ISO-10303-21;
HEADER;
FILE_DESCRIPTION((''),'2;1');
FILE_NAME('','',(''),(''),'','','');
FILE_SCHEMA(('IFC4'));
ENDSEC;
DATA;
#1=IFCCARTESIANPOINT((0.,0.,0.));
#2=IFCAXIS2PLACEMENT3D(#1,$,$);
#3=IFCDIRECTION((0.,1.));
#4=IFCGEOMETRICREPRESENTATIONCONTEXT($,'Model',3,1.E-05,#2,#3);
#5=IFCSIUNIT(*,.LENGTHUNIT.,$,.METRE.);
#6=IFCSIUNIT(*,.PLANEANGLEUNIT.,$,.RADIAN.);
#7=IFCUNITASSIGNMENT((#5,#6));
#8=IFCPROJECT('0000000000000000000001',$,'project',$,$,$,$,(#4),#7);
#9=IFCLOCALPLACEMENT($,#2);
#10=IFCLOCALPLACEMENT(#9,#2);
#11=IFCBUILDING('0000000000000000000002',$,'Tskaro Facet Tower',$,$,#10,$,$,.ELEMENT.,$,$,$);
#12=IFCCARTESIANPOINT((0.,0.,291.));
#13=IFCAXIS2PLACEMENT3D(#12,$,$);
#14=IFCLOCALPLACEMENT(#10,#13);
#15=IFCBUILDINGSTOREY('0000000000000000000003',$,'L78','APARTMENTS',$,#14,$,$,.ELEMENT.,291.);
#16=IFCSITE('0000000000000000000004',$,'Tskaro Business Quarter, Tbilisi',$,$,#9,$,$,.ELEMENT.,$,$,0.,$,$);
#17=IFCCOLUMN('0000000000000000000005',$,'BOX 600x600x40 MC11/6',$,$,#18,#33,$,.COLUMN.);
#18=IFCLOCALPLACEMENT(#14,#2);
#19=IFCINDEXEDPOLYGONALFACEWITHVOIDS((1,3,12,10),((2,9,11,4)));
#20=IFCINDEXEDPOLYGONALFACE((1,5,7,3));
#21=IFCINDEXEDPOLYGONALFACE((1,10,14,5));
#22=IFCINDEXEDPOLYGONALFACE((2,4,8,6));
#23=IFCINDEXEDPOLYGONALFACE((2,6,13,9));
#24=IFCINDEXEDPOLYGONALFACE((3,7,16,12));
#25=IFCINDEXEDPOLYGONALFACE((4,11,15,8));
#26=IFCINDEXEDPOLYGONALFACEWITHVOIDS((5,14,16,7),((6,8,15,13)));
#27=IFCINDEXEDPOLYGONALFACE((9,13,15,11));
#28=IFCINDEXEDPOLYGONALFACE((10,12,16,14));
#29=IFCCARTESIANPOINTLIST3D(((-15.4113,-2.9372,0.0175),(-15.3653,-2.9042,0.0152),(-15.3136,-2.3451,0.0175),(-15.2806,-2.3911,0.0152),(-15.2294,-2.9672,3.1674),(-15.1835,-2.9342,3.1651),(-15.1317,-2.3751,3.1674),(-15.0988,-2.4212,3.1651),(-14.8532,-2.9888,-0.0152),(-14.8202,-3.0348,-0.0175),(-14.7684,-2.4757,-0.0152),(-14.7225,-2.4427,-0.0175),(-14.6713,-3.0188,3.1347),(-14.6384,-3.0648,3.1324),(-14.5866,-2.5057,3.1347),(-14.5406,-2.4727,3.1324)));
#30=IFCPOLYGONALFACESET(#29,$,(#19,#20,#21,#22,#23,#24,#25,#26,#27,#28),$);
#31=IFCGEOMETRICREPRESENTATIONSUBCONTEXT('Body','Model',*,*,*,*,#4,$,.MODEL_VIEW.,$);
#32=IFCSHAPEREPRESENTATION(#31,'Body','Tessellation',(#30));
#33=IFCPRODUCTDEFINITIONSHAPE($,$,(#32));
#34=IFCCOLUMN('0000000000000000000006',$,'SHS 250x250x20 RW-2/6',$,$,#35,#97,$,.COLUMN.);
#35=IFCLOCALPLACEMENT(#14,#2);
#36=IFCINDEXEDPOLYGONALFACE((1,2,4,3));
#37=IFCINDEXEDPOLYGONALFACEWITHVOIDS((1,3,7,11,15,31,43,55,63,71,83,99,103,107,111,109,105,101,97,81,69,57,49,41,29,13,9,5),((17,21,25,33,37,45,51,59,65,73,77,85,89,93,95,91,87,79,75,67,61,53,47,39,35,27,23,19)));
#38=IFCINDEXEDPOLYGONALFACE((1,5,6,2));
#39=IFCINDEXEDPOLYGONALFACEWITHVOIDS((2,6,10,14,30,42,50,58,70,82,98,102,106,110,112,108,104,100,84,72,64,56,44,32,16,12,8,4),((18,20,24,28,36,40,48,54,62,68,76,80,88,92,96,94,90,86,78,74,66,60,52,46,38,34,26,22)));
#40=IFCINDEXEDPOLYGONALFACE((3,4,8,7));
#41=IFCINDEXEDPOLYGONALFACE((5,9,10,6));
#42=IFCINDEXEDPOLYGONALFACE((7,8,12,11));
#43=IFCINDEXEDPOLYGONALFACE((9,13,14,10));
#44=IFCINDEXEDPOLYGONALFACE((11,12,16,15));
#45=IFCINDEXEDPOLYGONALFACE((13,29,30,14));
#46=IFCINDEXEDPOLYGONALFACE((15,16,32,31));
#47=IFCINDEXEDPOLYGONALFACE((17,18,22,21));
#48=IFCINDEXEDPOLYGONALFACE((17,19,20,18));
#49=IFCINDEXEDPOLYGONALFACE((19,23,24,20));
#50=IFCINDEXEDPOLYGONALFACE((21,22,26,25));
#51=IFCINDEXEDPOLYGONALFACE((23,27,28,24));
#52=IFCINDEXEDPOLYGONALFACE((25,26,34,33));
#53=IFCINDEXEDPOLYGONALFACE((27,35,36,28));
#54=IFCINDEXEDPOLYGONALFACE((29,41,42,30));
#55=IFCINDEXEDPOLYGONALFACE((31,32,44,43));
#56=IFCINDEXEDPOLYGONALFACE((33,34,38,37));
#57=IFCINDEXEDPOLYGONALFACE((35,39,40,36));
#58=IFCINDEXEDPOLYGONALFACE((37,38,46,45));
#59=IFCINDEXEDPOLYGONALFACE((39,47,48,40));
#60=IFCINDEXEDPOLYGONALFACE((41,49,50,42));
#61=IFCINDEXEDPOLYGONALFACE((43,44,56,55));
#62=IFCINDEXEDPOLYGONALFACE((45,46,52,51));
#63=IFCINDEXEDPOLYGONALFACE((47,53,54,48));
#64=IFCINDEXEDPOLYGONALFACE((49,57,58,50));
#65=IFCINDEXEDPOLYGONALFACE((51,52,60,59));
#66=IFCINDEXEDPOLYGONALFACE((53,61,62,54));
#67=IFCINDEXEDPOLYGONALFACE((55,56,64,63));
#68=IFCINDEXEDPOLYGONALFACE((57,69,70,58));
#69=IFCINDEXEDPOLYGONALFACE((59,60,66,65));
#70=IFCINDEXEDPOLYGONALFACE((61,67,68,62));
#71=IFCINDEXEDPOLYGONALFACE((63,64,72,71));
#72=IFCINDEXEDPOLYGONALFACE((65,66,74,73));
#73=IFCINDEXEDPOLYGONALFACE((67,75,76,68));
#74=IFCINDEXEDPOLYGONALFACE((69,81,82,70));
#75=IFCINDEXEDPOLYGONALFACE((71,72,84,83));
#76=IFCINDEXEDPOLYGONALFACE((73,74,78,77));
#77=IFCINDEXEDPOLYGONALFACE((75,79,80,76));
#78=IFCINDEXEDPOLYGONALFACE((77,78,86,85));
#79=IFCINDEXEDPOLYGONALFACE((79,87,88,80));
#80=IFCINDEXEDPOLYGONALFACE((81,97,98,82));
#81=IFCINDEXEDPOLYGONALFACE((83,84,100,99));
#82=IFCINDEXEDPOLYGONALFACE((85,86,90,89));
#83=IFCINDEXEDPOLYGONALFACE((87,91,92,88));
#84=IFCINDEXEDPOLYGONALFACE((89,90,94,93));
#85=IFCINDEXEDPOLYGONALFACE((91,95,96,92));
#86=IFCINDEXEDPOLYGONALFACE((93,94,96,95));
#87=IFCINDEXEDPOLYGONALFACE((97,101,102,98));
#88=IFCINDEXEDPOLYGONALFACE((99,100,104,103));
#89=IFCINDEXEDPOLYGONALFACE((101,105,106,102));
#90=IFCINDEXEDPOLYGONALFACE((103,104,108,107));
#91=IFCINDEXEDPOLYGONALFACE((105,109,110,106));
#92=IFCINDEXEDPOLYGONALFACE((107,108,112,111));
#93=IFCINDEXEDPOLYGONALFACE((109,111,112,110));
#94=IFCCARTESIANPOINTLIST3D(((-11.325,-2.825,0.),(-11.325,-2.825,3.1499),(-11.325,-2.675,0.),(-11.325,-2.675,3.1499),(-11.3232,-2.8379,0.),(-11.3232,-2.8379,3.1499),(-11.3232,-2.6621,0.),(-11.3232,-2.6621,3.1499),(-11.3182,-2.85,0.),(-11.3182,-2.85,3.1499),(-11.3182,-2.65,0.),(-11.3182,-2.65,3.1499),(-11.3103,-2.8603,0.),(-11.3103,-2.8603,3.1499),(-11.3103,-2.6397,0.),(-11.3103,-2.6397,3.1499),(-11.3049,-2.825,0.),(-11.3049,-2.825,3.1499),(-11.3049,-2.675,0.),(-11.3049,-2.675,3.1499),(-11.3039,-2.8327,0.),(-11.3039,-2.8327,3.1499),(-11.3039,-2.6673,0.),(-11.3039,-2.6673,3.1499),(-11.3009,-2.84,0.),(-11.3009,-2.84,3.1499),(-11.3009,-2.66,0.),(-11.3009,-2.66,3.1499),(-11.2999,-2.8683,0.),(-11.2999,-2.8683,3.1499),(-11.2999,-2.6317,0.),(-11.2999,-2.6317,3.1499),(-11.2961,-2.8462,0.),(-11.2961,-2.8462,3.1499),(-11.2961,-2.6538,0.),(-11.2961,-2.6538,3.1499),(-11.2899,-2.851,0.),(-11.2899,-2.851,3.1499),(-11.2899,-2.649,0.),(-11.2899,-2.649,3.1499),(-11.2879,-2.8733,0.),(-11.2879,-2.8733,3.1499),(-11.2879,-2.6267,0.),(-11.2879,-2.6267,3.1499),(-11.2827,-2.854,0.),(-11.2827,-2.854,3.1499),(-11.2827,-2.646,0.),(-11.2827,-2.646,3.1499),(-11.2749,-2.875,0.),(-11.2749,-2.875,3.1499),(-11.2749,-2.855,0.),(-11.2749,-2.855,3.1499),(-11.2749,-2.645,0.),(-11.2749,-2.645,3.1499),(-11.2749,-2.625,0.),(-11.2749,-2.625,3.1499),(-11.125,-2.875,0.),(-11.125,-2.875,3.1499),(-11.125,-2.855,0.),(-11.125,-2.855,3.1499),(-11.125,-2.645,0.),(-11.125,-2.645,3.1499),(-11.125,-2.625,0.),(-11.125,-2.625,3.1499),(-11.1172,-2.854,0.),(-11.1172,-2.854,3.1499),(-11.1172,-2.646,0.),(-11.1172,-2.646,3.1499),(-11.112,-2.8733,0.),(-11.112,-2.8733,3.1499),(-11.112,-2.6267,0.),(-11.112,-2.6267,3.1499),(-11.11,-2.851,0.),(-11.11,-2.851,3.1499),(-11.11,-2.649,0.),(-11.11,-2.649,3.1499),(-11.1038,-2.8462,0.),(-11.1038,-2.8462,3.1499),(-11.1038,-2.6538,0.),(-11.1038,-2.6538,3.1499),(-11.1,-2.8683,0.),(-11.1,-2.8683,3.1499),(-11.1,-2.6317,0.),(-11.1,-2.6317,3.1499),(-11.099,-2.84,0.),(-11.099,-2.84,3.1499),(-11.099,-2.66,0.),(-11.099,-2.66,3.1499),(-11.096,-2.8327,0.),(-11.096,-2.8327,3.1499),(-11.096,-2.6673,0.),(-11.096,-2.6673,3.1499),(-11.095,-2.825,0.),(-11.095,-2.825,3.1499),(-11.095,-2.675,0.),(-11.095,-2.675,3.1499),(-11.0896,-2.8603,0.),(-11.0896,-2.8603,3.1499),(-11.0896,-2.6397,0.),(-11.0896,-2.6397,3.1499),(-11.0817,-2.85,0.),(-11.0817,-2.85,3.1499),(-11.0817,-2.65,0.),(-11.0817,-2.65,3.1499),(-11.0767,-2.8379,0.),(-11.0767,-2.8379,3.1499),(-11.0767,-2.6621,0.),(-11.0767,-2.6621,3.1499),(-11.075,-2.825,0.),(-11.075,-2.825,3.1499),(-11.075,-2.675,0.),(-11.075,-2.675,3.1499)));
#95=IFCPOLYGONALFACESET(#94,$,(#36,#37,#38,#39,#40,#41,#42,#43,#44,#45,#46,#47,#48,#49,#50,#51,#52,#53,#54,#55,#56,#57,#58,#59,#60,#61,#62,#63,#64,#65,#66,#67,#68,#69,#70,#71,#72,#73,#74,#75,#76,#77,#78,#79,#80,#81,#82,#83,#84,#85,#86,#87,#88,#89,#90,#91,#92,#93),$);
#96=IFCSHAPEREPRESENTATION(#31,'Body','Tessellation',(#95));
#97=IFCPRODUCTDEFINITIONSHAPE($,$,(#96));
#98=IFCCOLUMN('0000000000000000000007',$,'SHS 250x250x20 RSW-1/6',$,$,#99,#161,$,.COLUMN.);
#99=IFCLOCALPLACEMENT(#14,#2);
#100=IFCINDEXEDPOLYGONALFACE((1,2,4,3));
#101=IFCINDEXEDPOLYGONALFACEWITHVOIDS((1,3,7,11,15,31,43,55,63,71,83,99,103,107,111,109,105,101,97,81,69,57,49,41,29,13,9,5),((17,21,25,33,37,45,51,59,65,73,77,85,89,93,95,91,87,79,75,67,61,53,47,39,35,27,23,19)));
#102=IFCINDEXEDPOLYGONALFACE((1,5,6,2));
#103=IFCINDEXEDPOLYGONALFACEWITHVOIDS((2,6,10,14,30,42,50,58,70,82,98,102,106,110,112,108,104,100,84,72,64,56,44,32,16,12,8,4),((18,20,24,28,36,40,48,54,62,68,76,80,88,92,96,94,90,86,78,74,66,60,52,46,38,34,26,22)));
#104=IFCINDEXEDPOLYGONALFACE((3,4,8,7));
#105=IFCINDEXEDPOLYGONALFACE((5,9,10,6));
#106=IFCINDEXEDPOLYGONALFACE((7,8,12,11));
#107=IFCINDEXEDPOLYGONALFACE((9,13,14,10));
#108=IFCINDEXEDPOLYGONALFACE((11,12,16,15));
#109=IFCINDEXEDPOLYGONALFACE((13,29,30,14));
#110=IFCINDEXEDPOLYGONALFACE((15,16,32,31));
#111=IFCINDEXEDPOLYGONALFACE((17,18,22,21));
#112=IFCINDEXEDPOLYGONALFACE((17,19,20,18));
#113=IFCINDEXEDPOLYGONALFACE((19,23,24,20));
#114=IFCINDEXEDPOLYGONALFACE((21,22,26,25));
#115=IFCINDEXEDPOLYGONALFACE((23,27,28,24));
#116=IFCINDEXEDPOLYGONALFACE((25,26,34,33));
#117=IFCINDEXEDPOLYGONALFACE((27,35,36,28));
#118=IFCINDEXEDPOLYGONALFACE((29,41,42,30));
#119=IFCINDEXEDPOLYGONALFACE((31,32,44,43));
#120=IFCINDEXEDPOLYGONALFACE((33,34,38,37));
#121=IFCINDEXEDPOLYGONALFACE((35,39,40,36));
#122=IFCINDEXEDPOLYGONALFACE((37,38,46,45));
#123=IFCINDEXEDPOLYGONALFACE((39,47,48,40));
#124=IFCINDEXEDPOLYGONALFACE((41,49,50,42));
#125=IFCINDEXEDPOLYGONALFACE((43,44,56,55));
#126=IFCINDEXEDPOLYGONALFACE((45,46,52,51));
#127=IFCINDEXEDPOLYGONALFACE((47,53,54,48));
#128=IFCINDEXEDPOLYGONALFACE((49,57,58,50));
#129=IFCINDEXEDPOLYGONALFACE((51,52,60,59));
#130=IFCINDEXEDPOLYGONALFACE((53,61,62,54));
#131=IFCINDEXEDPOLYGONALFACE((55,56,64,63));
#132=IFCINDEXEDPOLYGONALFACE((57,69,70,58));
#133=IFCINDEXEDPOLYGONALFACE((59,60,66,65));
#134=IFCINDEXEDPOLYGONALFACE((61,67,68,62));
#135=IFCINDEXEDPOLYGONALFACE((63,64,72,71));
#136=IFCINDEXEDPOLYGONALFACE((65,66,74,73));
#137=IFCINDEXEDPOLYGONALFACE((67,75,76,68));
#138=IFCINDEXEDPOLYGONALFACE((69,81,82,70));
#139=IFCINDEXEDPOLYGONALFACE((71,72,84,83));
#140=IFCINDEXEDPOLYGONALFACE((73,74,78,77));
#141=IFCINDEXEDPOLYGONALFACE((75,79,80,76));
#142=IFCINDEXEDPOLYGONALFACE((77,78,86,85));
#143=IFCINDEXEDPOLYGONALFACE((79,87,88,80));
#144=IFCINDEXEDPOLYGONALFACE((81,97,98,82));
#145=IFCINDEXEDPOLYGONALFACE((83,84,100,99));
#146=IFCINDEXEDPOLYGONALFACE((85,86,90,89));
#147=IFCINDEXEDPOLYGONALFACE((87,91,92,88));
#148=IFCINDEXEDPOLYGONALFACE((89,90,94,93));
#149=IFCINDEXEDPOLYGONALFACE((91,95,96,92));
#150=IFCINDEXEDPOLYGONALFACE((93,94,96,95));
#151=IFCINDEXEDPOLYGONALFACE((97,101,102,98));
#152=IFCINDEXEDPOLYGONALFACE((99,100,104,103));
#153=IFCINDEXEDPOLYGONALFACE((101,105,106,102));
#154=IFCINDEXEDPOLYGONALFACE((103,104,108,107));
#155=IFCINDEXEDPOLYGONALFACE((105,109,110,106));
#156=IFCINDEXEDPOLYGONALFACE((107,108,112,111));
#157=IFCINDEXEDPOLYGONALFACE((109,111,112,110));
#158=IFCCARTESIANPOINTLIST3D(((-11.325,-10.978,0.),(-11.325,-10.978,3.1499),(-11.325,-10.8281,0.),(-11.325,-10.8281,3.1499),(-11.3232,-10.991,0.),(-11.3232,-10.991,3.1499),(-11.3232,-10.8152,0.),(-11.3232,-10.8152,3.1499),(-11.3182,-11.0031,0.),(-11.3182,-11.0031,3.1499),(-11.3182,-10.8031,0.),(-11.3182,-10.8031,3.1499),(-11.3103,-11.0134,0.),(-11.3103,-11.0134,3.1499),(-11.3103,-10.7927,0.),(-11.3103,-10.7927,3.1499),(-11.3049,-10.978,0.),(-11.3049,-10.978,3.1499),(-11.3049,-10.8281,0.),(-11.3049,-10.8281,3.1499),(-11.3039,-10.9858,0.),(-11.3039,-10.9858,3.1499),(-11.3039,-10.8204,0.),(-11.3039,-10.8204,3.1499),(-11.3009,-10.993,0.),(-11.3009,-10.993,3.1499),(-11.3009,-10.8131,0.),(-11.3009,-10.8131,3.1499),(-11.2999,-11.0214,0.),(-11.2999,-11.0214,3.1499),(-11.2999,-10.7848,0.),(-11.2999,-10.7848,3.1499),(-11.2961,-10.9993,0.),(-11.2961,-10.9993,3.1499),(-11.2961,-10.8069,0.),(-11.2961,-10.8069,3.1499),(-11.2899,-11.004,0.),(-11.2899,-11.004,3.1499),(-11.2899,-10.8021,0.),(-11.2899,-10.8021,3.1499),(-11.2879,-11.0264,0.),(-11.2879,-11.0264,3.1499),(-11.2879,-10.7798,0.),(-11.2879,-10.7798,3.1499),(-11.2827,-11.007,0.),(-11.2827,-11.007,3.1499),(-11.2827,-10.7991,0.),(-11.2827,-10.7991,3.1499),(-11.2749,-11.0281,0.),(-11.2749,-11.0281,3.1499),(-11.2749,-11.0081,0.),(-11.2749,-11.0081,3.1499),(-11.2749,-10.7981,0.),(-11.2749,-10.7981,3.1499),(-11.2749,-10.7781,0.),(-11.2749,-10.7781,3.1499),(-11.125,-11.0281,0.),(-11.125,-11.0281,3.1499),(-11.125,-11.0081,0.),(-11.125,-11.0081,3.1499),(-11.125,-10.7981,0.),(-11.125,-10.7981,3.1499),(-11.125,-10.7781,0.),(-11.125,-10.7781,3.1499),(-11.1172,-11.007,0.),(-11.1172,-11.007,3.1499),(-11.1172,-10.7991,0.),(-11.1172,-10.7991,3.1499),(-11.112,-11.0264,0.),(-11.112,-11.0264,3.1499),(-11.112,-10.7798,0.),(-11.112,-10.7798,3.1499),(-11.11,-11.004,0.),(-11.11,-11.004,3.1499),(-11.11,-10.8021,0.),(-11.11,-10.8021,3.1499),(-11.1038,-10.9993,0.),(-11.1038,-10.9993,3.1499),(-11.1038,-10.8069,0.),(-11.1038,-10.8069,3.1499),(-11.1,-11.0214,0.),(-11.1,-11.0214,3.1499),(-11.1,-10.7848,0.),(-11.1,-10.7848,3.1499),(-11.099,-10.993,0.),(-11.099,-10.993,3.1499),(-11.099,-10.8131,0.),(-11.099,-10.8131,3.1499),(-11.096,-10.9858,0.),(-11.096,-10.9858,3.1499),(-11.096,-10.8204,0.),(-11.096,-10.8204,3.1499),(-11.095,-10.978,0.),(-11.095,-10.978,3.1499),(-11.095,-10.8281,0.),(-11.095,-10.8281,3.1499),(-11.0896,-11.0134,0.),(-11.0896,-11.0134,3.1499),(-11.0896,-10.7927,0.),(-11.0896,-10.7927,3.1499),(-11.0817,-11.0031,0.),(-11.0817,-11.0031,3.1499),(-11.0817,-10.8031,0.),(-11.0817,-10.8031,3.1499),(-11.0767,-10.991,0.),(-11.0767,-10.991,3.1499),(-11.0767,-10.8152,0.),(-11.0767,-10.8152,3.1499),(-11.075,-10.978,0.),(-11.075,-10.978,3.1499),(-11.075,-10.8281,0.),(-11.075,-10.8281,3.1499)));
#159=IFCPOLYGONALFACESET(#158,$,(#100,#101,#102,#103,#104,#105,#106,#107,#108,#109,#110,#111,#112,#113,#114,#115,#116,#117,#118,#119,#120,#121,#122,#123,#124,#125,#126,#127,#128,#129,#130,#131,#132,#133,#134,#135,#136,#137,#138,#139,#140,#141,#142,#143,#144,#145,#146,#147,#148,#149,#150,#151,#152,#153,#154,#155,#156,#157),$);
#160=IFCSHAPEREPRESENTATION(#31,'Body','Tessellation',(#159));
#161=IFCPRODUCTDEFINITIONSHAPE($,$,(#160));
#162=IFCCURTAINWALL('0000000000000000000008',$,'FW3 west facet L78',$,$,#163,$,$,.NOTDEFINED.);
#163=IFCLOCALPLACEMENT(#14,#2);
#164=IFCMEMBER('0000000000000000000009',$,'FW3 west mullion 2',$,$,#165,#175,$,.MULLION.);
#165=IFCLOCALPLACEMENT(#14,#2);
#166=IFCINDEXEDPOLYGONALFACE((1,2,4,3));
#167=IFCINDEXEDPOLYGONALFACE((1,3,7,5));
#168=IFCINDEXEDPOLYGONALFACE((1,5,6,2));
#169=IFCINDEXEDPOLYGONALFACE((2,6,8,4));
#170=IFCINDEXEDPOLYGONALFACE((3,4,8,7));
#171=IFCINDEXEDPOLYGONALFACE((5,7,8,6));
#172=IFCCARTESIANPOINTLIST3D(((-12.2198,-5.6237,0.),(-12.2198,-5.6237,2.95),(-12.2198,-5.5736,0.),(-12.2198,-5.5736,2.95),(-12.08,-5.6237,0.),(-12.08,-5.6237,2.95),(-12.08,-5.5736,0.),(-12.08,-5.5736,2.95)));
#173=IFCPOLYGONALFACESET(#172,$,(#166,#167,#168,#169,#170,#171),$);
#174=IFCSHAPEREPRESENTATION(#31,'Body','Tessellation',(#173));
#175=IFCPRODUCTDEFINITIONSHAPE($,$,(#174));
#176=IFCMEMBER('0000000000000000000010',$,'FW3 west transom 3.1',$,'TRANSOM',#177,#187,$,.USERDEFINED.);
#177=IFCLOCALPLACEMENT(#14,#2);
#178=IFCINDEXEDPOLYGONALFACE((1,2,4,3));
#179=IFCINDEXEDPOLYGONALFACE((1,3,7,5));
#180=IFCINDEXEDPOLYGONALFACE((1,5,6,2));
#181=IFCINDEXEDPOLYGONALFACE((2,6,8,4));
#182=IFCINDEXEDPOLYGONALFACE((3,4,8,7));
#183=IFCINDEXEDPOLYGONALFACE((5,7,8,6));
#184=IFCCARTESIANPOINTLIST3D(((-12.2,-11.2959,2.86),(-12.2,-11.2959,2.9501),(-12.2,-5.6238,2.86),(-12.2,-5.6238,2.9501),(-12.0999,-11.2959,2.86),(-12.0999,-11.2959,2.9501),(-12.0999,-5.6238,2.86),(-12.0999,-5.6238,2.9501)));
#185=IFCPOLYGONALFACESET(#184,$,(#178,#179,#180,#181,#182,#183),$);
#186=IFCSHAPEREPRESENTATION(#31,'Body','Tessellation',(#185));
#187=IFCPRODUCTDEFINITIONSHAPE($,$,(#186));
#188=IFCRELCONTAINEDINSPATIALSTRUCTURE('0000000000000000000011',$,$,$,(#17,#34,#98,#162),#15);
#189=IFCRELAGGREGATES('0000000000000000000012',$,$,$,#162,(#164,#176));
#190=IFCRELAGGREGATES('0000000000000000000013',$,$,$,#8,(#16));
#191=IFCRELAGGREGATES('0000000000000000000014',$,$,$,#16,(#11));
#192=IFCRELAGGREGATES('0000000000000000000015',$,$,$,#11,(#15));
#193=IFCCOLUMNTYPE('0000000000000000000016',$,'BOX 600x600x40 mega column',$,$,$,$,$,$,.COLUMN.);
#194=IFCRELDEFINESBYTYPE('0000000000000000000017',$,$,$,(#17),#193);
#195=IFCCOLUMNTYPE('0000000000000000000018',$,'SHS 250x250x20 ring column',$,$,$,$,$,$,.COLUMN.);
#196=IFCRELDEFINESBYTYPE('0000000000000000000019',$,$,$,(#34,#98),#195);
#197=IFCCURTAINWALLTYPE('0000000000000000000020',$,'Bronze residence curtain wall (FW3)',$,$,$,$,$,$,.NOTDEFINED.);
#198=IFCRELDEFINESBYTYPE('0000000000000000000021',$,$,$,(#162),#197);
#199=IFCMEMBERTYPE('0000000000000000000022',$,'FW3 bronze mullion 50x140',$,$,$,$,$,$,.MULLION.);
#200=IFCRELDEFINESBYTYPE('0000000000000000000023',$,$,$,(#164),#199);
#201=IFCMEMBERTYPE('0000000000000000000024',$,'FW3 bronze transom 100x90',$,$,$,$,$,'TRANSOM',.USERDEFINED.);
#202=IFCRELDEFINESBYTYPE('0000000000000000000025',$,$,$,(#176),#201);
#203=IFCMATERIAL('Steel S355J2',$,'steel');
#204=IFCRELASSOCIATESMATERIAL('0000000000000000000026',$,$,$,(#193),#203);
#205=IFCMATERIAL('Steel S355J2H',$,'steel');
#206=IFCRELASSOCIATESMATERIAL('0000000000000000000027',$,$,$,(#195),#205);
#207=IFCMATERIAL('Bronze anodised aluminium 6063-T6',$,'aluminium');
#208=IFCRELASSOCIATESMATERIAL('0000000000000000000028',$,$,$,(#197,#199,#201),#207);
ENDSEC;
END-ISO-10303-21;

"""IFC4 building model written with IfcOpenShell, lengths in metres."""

from ifc_helpers import new_model, si_unit, direction, frame, origin, origin_2d, place, context, subcontext, project, spatial, rectangle, hollow_rectangle, extrude, material, material_profile, profile_set, type_object, element, aggregate, save


model = new_model("IFC4")

# Units and contexts
model_context = context("Model", 3, precision=1e-05, world=origin(), true_north=direction((0.0, 1.0)))
body_context = subcontext(model_context, "Body", "Model", "MODEL_VIEW")
ifc_project = project(units=[si_unit("LENGTHUNIT", "METRE"), si_unit("PLANEANGLEUNIT", "RADIAN")], contexts=[model_context])

# Site, building, storey
site_placement = place(None, origin())
site = spatial("IfcSite", under=ifc_project, at=site_placement, Name="Tskaro Business Quarter, Tbilisi", CompositionType="ELEMENT", RefElevation=0.0)
building_placement = place(site_placement, origin())
building = spatial("IfcBuilding", under=site, at=building_placement, Name="Tskaro Facet Tower", CompositionType="ELEMENT")
storey_placement = place(building_placement, frame((0.0, 0.0, 291.0)))
storey = spatial("IfcBuildingStorey", under=building, at=storey_placement, Name="L78", Description="APARTMENTS", CompositionType="ELEMENT", Elevation=291.0)

# Columns
ifc_material_1 = material(Name="Steel S355J2", Category="steel")
ifc_material_profile_1 = material_profile(ifc_material_1, hollow_rectangle(XDim=0.6001, YDim=0.6001, WallThickness=0.04, at=origin_2d()), Name="BOX 600x600x40")
ifc_profile_set_1 = profile_set([ifc_material_profile_1], Name="Steel S355J2")
column_type_1 = type_object("IfcColumnType", Name="BOX 600x600x40 mega column", PredefinedType="COLUMN", material=ifc_profile_set_1)
column_placement = place(storey_placement, frame((-15.0669, -2.6899, 0.0), z_axis=(0.057644, -0.009517, 0.998292), x_axis=(0.162895, 0.986643, 0.0)))
element("IfcColumn", 1, at=column_placement, inside=storey, type_object=column_type_1, Name="BOX 600x600x40 MC11/6", PredefinedType="COLUMN", context=body_context, shape_type="SweptSolid", body=[
    extrude(hollow_rectangle(XDim=0.6001, YDim=0.6001, WallThickness=0.04, at=origin_2d()), origin(), (0.0, 0.0, 1.0), 3.1553),
])
ifc_material_2 = material(Name="Steel S355J2H", Category="steel")
ifc_material_profile_2 = material_profile(ifc_material_2, hollow_rectangle(XDim=0.25, YDim=0.25, WallThickness=0.02, InnerFilletRadius=0.03, OuterFilletRadius=0.05, at=origin_2d()), Name="SHS 250x250x20")
ifc_profile_set_2 = profile_set([ifc_material_profile_2], Name="Steel S355J2H")
column_type_2 = type_object("IfcColumnType", Name="SHS 250x250x20 ring column", PredefinedType="COLUMN", material=ifc_profile_set_2)
for number, where, z_axis, x_axis, name in (
    (2, (-11.2, -2.75, 0.0), (0.0, 0.0, 1.0), (1.0, 0.0, 0.0), "SHS 250x250x20 RW-2/6"),
    (3, (-11.2, -10.9031, 0.0), (0.0, 0.0, 1.0), (1.0, 0.0, 0.0), "SHS 250x250x20 RSW-1/6"),
):
    element("IfcColumn", number, at=place(storey_placement, frame(where, z_axis=z_axis, x_axis=x_axis)), inside=storey, type_object=column_type_2, Name=name, PredefinedType="COLUMN", context=body_context, shape_type="SweptSolid", body=[
        extrude(hollow_rectangle(XDim=0.25, YDim=0.25, WallThickness=0.02, InnerFilletRadius=0.03, OuterFilletRadius=0.05, at=origin_2d()), origin(), (0.0, 0.0, 1.0), 3.1499),
    ])

# Curtain wall, members
ifc_material_3 = material(Name="Bronze anodised aluminium 6063-T6", Category="aluminium")
curtain_wall_type = type_object("IfcCurtainWallType", Name="Bronze residence curtain wall (FW3)", PredefinedType="NOTDEFINED", material=ifc_material_3)
curtain_wall_placement = place(storey_placement, origin())
curtain_wall = element("IfcCurtainWall", 4, at=curtain_wall_placement, inside=storey, type_object=curtain_wall_type, Name="FW3 west facet L78", PredefinedType="NOTDEFINED")
ifc_material_profile_3 = material_profile(ifc_material_3, rectangle(XDim=0.05, YDim=0.1399, at=origin_2d()), Name="Mullion 50x140")
ifc_profile_set_3 = profile_set([ifc_material_profile_3], Name="Bronze anodised aluminium 6063-T6")
member_type_1 = type_object("IfcMemberType", Name="FW3 bronze mullion 50x140", PredefinedType="MULLION", material=ifc_profile_set_3)
member_1_placement = place(storey_placement, frame((-12.1499, -5.5986, 0.0), z_axis=(0.0, 0.0, 1.0), x_axis=(0.0, -1.0, 0.0)))
member_1 = element("IfcMember", 5, at=member_1_placement, type_object=member_type_1, Name="FW3 west mullion 2", PredefinedType="MULLION", context=body_context, shape_type="SweptSolid", body=[
    extrude(rectangle(XDim=0.05, YDim=0.1399, at=origin_2d()), origin(), (0.0, 0.0, 1.0), 2.95),
])
ifc_material_profile_4 = material_profile(ifc_material_3, rectangle(XDim=0.1001, YDim=0.0901, at=origin_2d()), Name="Transom 100x90")
ifc_profile_set_4 = profile_set([ifc_material_profile_4], Name="Bronze anodised aluminium 6063-T6")
member_type_2 = type_object("IfcMemberType", Name="FW3 bronze transom 100x90", ElementType="TRANSOM", PredefinedType="USERDEFINED", material=ifc_profile_set_4)
member_2_placement = place(storey_placement, frame((-12.1499, -5.6238, 2.905), z_axis=(0.0, -1.0, 0.0), x_axis=(1.0, 0.0, 0.0)))
member_2 = element("IfcMember", 6, at=member_2_placement, type_object=member_type_2, Name="FW3 west transom 3.1", ObjectType="TRANSOM", PredefinedType="USERDEFINED", context=body_context, shape_type="SweptSolid", body=[
    extrude(rectangle(XDim=0.1001, YDim=0.0901, at=origin_2d()), origin(), (0.0, 0.0, 1.0), 5.6721),
])

aggregate(curtain_wall, [member_1, member_2])

save(model, "model.ifc")
